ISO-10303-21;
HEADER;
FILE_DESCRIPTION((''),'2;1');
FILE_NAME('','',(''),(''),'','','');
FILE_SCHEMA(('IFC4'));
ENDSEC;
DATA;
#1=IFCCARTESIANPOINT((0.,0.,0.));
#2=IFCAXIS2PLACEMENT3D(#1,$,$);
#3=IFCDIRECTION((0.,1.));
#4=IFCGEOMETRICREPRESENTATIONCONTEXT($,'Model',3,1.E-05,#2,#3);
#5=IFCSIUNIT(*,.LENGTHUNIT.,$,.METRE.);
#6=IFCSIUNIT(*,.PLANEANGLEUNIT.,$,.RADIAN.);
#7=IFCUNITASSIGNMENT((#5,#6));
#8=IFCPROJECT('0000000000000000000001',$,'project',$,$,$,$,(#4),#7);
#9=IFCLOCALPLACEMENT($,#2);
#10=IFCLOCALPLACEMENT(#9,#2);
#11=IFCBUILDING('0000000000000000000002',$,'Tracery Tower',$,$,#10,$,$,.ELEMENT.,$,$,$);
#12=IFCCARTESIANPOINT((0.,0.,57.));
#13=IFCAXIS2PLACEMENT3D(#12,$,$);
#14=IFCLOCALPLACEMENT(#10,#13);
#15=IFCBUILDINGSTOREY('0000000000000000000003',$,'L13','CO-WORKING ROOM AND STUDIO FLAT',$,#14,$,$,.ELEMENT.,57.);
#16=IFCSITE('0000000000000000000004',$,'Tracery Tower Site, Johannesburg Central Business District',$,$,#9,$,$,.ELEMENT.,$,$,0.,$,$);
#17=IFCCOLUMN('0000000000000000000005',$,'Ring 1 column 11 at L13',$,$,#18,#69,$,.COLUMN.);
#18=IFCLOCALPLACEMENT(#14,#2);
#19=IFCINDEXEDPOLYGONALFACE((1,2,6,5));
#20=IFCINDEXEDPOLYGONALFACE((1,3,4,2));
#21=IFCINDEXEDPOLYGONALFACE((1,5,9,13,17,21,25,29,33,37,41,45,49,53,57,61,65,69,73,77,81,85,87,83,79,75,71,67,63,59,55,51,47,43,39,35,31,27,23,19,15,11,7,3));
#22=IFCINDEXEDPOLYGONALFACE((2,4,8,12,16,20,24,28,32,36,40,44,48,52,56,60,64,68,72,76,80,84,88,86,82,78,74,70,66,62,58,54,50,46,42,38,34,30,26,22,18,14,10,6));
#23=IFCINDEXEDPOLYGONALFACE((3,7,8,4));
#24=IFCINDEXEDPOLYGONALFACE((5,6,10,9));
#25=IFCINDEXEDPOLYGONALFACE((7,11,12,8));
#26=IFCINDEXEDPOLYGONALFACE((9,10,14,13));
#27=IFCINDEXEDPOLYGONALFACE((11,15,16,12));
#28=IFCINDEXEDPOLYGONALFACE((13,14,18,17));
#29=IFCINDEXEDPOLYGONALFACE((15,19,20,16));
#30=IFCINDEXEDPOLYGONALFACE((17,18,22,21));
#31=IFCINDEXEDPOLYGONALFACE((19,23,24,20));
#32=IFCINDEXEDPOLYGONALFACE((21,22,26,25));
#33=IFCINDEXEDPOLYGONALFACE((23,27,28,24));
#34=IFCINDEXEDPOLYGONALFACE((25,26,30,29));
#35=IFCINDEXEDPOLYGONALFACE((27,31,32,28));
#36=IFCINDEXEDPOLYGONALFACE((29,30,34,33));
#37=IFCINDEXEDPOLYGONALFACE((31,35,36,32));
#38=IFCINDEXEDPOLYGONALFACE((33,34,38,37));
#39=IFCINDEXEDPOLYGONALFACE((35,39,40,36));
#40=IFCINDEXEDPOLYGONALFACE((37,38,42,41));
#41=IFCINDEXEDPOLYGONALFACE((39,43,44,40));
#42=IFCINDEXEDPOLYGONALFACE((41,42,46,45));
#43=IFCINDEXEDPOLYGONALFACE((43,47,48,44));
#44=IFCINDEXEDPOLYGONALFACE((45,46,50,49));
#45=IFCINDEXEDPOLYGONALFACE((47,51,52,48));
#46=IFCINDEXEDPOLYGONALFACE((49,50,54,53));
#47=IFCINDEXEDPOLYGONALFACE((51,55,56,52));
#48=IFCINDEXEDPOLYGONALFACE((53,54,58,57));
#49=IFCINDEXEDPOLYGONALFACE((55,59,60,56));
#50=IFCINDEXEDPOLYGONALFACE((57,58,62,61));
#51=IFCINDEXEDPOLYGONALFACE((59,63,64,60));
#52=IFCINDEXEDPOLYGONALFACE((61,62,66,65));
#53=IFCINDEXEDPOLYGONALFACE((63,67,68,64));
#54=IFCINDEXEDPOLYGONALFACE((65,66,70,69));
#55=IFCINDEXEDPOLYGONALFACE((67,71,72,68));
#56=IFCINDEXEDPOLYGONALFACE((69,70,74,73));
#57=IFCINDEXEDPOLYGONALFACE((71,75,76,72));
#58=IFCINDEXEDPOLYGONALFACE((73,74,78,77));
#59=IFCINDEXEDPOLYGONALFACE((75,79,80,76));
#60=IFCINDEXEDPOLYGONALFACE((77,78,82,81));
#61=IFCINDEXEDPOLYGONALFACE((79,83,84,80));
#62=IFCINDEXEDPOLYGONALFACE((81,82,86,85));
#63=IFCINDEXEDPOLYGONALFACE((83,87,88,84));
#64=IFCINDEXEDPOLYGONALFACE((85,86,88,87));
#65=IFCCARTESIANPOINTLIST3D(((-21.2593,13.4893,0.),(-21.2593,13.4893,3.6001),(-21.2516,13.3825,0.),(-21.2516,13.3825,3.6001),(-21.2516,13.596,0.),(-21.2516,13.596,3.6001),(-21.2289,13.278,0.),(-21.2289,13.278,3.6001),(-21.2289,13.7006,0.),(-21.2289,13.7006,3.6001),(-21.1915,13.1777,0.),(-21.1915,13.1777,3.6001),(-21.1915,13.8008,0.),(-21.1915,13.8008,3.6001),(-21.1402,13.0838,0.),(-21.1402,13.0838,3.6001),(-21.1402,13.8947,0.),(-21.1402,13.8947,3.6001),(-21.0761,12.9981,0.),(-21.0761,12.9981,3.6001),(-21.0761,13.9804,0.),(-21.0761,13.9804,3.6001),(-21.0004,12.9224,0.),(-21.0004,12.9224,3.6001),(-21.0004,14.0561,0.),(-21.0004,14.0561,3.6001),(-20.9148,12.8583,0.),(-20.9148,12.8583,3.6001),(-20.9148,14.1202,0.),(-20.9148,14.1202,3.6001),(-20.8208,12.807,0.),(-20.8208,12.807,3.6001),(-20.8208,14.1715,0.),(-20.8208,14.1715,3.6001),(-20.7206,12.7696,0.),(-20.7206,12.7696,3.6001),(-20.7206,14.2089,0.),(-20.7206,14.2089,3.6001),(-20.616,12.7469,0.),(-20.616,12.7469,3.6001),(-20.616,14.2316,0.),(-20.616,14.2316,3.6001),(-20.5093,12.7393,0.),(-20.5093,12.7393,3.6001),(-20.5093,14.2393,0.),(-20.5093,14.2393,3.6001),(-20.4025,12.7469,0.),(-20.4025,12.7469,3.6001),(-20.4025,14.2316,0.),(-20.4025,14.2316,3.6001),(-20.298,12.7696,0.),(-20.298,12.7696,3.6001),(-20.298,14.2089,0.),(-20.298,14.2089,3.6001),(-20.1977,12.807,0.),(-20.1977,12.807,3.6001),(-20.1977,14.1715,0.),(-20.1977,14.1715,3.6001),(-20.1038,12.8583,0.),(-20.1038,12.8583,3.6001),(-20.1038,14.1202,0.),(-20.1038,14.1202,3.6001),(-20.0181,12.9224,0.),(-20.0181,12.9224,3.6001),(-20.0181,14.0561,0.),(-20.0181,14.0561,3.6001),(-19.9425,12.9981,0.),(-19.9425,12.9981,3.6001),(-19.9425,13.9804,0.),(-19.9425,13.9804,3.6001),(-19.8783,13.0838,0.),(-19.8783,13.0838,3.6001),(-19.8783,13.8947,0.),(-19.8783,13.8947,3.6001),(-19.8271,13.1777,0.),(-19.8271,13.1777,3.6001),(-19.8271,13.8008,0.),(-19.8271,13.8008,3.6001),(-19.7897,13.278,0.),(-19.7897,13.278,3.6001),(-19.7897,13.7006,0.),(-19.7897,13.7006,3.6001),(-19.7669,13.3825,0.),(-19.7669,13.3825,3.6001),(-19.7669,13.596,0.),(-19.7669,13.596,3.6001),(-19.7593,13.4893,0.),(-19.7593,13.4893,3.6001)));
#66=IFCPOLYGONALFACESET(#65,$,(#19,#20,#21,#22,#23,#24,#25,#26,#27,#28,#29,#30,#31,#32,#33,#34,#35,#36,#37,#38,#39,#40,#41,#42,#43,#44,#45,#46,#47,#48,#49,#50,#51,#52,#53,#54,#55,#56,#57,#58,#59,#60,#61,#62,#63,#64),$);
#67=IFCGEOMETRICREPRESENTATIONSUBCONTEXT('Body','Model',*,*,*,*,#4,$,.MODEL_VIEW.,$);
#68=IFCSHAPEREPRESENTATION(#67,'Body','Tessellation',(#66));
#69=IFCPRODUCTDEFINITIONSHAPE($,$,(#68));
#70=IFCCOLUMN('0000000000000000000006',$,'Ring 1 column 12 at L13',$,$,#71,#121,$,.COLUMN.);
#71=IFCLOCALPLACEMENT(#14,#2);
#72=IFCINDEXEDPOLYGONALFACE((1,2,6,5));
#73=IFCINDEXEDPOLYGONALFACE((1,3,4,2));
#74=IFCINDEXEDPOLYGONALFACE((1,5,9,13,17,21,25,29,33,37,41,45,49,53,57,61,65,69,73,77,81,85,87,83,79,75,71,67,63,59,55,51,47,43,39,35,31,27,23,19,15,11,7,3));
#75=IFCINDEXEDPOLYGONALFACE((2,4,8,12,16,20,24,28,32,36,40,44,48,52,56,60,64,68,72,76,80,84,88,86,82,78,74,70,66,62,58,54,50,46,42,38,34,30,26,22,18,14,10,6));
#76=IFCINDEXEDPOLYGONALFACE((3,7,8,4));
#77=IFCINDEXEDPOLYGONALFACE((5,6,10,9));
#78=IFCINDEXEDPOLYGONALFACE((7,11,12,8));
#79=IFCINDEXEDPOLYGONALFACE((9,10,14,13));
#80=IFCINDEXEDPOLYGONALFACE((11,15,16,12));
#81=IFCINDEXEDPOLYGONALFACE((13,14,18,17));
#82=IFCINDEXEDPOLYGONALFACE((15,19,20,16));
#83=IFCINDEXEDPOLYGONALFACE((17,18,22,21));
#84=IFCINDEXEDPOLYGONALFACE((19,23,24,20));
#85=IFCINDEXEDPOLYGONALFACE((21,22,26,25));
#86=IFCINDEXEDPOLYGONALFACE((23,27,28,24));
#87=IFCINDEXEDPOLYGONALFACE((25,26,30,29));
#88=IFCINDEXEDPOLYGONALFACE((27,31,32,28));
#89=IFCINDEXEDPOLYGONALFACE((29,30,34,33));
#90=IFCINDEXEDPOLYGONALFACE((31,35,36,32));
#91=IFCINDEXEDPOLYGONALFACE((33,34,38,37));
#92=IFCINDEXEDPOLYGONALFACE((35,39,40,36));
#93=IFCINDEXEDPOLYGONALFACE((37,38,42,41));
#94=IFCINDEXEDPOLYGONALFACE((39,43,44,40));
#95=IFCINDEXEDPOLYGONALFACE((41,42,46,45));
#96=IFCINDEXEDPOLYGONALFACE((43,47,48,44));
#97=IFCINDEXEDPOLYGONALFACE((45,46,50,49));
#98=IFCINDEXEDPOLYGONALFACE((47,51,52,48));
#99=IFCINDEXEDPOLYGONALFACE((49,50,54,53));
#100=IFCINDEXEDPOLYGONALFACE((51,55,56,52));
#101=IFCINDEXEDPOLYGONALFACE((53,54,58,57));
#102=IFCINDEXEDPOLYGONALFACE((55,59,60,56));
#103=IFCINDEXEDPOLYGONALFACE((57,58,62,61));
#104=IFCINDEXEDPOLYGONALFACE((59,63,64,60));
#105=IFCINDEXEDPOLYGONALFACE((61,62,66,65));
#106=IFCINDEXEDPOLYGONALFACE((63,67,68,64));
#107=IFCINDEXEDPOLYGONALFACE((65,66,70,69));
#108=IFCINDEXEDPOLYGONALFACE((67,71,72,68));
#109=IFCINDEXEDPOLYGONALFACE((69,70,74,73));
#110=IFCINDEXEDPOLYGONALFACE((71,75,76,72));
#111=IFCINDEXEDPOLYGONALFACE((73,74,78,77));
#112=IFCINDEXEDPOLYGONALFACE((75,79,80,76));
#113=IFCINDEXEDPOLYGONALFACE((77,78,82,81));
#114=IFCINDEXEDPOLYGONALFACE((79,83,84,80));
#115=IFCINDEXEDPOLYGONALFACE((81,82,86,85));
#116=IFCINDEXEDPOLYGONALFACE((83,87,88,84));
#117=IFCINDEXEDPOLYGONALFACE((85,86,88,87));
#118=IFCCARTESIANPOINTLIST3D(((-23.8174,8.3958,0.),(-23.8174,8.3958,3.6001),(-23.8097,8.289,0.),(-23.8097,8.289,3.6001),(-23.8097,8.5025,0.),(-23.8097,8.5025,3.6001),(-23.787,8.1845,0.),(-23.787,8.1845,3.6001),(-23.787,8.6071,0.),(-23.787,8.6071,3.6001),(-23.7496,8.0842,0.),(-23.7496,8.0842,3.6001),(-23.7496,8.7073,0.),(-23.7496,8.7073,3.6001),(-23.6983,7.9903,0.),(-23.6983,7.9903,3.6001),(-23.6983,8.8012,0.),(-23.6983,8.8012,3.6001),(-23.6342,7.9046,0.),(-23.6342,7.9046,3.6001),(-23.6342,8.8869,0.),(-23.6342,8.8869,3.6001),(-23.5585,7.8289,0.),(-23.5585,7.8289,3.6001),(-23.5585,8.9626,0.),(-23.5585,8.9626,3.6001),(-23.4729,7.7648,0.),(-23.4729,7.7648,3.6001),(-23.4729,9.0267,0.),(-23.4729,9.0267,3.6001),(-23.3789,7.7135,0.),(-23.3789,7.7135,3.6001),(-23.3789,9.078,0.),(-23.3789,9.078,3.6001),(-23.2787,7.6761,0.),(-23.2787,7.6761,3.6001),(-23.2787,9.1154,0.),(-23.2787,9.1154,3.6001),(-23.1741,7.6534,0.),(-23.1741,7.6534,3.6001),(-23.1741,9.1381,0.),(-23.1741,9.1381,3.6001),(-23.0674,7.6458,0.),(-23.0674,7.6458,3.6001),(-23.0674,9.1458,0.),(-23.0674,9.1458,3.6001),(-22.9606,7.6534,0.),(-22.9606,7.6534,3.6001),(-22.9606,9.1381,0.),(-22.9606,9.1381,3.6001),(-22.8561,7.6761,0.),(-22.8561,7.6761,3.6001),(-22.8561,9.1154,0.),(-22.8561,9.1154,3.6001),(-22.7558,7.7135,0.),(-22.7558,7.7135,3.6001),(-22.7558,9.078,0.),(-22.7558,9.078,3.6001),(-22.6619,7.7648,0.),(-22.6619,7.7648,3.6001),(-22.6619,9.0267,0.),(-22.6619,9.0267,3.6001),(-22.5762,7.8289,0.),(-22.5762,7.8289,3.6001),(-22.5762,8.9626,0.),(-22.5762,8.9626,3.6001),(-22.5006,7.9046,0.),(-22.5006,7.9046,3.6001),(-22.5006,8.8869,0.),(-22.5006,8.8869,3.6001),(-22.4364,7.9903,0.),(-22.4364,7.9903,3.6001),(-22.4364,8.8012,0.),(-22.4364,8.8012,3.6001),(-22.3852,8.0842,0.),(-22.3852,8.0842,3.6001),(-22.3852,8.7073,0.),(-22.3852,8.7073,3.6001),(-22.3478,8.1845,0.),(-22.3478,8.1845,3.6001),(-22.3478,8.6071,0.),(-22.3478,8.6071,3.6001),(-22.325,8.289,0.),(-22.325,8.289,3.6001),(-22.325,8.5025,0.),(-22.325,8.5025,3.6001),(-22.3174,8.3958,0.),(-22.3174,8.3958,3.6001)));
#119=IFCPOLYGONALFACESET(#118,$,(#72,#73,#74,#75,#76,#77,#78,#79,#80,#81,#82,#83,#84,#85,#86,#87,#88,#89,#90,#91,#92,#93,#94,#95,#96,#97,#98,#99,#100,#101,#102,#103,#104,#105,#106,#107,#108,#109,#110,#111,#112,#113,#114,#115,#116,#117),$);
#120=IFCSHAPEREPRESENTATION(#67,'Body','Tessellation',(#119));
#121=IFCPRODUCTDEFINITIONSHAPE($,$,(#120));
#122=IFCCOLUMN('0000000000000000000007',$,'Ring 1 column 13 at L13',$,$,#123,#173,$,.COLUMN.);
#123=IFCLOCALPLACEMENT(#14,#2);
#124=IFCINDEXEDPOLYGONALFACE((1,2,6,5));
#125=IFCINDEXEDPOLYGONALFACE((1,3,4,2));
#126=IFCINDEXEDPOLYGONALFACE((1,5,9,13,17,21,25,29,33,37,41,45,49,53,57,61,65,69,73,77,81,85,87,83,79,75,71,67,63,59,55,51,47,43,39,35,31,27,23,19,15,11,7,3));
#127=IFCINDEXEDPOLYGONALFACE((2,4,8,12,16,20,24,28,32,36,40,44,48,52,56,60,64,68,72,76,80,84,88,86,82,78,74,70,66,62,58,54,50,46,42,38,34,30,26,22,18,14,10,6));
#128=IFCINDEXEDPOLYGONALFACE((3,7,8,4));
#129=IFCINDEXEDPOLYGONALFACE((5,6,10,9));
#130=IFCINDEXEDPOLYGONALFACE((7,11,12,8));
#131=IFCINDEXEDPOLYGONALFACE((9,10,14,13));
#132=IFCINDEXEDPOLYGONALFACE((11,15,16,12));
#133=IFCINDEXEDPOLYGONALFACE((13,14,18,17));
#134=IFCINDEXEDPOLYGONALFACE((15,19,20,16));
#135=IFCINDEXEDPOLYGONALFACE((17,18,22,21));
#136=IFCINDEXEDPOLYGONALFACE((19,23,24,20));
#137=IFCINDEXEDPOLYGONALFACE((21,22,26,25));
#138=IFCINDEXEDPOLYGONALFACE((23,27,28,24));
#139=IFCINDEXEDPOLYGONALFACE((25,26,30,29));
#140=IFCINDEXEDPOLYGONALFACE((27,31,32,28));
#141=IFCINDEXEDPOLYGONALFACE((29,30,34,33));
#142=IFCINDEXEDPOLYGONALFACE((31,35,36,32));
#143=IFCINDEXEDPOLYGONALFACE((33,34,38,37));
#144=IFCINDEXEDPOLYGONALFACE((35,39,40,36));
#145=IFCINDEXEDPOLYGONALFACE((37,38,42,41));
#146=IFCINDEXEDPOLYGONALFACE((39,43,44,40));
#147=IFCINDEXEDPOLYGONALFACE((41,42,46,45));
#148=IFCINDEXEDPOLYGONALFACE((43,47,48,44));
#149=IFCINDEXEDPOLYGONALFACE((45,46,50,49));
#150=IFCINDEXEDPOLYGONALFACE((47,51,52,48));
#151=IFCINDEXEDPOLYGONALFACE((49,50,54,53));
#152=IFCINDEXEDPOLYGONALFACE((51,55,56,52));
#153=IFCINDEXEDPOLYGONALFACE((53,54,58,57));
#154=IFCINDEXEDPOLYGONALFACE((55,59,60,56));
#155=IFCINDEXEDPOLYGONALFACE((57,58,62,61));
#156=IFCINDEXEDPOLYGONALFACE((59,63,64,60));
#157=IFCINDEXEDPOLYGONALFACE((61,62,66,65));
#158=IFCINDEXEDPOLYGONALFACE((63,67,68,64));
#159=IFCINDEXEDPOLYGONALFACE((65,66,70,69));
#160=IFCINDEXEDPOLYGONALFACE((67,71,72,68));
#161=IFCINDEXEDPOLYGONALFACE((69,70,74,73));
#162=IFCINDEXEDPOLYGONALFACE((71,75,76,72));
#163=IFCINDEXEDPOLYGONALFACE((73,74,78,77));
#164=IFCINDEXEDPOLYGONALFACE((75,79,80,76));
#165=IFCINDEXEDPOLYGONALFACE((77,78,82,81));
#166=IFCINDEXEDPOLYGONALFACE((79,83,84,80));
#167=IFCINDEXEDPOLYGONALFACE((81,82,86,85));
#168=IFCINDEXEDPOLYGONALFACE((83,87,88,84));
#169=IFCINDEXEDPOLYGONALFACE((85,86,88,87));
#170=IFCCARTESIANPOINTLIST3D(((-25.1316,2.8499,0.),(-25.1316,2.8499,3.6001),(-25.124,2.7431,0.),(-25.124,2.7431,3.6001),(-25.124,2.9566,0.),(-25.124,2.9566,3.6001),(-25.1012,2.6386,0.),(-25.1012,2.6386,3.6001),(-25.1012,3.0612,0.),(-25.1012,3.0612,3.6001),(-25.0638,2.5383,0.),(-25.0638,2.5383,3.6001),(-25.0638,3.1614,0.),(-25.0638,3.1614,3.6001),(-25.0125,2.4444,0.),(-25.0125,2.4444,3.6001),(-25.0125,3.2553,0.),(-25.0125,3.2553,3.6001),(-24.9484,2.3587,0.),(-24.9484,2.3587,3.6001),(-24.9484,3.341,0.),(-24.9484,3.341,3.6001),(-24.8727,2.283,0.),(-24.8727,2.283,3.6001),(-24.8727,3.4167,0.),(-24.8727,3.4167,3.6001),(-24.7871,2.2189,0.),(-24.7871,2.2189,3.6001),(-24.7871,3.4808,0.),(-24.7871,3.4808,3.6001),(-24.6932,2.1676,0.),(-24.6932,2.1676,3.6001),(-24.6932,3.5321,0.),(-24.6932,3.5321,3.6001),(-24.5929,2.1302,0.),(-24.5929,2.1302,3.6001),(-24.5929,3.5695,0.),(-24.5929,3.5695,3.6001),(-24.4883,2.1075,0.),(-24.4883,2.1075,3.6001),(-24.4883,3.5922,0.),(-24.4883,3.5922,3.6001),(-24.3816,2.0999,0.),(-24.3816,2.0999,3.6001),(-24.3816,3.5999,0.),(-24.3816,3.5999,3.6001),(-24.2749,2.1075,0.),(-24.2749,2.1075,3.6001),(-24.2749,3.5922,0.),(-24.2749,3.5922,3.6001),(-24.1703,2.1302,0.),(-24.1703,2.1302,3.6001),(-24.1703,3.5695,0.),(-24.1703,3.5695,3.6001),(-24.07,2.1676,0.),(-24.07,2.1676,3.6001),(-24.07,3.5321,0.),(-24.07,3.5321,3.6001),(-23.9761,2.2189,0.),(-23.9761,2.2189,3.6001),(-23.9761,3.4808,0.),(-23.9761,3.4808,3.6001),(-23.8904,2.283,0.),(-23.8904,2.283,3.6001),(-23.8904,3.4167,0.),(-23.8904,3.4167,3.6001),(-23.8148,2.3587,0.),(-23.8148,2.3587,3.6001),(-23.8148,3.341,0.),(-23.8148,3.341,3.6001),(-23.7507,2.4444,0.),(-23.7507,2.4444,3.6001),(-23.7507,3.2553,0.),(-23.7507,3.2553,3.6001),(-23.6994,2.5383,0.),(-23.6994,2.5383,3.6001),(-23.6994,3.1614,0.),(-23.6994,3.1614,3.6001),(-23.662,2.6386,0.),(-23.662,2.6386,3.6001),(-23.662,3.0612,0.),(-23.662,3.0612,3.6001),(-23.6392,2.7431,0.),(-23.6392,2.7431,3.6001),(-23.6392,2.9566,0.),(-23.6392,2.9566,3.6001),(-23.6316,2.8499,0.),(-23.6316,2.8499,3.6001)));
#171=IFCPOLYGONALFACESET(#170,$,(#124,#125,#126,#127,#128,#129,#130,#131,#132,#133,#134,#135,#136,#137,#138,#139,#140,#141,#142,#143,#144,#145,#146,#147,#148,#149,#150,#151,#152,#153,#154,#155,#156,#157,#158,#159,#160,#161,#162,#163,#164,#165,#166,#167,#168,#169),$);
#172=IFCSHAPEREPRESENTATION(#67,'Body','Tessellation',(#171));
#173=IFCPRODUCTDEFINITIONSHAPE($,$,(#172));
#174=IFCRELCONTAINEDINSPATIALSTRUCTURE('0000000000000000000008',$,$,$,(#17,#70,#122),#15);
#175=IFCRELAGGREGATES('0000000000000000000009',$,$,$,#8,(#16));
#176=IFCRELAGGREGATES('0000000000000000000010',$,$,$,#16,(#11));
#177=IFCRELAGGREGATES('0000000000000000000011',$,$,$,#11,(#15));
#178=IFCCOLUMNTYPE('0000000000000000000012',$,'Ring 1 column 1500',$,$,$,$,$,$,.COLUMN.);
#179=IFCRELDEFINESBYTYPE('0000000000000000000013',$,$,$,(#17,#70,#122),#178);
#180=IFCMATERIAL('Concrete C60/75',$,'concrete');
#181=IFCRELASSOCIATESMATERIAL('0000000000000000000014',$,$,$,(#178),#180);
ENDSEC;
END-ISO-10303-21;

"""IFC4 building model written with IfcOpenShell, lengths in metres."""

from ifc_helpers import new_model, si_unit, direction, frame, origin, origin_2d, place, context, subcontext, project, spatial, circle, extrude, material, material_profile, profile_set, type_object, element, save


model = new_model("IFC4")

# Units and contexts
model_context = context("Model", 3, precision=1e-05, world=origin(), true_north=direction((0.0, 1.0)))
body_context = subcontext(model_context, "Body", "Model", "MODEL_VIEW")
ifc_project = project(units=[si_unit("LENGTHUNIT", "METRE"), si_unit("PLANEANGLEUNIT", "RADIAN")], contexts=[model_context])

# Site, building, storey
site_placement = place(None, origin())
site = spatial("IfcSite", under=ifc_project, at=site_placement, Name="Tracery Tower Site, Johannesburg Central Business District", CompositionType="ELEMENT", RefElevation=0.0)
building_placement = place(site_placement, origin())
building = spatial("IfcBuilding", under=site, at=building_placement, Name="Tracery Tower", CompositionType="ELEMENT")
storey_placement = place(building_placement, frame((0.0, 0.0, 57.0)))
storey = spatial("IfcBuildingStorey", under=building, at=storey_placement, Name="L13", Description="CO-WORKING ROOM AND STUDIO FLAT", CompositionType="ELEMENT", Elevation=57.0)

# Columns
ifc_material_1 = material(Name="Concrete C60/75", Category="concrete")
ifc_material_profile_1 = material_profile(ifc_material_1, circle(Radius=0.75, at=origin_2d()), Name="RC D1500")
ifc_profile_set_1 = profile_set([ifc_material_profile_1], Name="Concrete C60/75")
column_type_1 = type_object("IfcColumnType", Name="Ring 1 column 1500", PredefinedType="COLUMN", material=ifc_profile_set_1)
for number, where, z_axis, x_axis, name in (
    (1, (-20.5093, 13.4893, 0.0), (0.0, 0.0, 1.0), (1.0, 0.0, 0.0), "Ring 1 column 11 at L13"),
    (2, (-23.0674, 8.3958, 0.0), (0.0, 0.0, 1.0), (1.0, 0.0, 0.0), "Ring 1 column 12 at L13"),
    (3, (-24.3816, 2.8499, 0.0), (0.0, 0.0, 1.0), (1.0, 0.0, 0.0), "Ring 1 column 13 at L13"),
):
    element("IfcColumn", number, at=place(storey_placement, frame(where, z_axis=z_axis, x_axis=x_axis)), inside=storey, type_object=column_type_1, Name=name, PredefinedType="COLUMN", context=body_context, shape_type="SweptSolid", body=[
        extrude(circle(Radius=0.75, at=origin_2d()), origin(), (0.0, 0.0, 1.0), 3.6001),
    ])

save(model, "model.ifc")
